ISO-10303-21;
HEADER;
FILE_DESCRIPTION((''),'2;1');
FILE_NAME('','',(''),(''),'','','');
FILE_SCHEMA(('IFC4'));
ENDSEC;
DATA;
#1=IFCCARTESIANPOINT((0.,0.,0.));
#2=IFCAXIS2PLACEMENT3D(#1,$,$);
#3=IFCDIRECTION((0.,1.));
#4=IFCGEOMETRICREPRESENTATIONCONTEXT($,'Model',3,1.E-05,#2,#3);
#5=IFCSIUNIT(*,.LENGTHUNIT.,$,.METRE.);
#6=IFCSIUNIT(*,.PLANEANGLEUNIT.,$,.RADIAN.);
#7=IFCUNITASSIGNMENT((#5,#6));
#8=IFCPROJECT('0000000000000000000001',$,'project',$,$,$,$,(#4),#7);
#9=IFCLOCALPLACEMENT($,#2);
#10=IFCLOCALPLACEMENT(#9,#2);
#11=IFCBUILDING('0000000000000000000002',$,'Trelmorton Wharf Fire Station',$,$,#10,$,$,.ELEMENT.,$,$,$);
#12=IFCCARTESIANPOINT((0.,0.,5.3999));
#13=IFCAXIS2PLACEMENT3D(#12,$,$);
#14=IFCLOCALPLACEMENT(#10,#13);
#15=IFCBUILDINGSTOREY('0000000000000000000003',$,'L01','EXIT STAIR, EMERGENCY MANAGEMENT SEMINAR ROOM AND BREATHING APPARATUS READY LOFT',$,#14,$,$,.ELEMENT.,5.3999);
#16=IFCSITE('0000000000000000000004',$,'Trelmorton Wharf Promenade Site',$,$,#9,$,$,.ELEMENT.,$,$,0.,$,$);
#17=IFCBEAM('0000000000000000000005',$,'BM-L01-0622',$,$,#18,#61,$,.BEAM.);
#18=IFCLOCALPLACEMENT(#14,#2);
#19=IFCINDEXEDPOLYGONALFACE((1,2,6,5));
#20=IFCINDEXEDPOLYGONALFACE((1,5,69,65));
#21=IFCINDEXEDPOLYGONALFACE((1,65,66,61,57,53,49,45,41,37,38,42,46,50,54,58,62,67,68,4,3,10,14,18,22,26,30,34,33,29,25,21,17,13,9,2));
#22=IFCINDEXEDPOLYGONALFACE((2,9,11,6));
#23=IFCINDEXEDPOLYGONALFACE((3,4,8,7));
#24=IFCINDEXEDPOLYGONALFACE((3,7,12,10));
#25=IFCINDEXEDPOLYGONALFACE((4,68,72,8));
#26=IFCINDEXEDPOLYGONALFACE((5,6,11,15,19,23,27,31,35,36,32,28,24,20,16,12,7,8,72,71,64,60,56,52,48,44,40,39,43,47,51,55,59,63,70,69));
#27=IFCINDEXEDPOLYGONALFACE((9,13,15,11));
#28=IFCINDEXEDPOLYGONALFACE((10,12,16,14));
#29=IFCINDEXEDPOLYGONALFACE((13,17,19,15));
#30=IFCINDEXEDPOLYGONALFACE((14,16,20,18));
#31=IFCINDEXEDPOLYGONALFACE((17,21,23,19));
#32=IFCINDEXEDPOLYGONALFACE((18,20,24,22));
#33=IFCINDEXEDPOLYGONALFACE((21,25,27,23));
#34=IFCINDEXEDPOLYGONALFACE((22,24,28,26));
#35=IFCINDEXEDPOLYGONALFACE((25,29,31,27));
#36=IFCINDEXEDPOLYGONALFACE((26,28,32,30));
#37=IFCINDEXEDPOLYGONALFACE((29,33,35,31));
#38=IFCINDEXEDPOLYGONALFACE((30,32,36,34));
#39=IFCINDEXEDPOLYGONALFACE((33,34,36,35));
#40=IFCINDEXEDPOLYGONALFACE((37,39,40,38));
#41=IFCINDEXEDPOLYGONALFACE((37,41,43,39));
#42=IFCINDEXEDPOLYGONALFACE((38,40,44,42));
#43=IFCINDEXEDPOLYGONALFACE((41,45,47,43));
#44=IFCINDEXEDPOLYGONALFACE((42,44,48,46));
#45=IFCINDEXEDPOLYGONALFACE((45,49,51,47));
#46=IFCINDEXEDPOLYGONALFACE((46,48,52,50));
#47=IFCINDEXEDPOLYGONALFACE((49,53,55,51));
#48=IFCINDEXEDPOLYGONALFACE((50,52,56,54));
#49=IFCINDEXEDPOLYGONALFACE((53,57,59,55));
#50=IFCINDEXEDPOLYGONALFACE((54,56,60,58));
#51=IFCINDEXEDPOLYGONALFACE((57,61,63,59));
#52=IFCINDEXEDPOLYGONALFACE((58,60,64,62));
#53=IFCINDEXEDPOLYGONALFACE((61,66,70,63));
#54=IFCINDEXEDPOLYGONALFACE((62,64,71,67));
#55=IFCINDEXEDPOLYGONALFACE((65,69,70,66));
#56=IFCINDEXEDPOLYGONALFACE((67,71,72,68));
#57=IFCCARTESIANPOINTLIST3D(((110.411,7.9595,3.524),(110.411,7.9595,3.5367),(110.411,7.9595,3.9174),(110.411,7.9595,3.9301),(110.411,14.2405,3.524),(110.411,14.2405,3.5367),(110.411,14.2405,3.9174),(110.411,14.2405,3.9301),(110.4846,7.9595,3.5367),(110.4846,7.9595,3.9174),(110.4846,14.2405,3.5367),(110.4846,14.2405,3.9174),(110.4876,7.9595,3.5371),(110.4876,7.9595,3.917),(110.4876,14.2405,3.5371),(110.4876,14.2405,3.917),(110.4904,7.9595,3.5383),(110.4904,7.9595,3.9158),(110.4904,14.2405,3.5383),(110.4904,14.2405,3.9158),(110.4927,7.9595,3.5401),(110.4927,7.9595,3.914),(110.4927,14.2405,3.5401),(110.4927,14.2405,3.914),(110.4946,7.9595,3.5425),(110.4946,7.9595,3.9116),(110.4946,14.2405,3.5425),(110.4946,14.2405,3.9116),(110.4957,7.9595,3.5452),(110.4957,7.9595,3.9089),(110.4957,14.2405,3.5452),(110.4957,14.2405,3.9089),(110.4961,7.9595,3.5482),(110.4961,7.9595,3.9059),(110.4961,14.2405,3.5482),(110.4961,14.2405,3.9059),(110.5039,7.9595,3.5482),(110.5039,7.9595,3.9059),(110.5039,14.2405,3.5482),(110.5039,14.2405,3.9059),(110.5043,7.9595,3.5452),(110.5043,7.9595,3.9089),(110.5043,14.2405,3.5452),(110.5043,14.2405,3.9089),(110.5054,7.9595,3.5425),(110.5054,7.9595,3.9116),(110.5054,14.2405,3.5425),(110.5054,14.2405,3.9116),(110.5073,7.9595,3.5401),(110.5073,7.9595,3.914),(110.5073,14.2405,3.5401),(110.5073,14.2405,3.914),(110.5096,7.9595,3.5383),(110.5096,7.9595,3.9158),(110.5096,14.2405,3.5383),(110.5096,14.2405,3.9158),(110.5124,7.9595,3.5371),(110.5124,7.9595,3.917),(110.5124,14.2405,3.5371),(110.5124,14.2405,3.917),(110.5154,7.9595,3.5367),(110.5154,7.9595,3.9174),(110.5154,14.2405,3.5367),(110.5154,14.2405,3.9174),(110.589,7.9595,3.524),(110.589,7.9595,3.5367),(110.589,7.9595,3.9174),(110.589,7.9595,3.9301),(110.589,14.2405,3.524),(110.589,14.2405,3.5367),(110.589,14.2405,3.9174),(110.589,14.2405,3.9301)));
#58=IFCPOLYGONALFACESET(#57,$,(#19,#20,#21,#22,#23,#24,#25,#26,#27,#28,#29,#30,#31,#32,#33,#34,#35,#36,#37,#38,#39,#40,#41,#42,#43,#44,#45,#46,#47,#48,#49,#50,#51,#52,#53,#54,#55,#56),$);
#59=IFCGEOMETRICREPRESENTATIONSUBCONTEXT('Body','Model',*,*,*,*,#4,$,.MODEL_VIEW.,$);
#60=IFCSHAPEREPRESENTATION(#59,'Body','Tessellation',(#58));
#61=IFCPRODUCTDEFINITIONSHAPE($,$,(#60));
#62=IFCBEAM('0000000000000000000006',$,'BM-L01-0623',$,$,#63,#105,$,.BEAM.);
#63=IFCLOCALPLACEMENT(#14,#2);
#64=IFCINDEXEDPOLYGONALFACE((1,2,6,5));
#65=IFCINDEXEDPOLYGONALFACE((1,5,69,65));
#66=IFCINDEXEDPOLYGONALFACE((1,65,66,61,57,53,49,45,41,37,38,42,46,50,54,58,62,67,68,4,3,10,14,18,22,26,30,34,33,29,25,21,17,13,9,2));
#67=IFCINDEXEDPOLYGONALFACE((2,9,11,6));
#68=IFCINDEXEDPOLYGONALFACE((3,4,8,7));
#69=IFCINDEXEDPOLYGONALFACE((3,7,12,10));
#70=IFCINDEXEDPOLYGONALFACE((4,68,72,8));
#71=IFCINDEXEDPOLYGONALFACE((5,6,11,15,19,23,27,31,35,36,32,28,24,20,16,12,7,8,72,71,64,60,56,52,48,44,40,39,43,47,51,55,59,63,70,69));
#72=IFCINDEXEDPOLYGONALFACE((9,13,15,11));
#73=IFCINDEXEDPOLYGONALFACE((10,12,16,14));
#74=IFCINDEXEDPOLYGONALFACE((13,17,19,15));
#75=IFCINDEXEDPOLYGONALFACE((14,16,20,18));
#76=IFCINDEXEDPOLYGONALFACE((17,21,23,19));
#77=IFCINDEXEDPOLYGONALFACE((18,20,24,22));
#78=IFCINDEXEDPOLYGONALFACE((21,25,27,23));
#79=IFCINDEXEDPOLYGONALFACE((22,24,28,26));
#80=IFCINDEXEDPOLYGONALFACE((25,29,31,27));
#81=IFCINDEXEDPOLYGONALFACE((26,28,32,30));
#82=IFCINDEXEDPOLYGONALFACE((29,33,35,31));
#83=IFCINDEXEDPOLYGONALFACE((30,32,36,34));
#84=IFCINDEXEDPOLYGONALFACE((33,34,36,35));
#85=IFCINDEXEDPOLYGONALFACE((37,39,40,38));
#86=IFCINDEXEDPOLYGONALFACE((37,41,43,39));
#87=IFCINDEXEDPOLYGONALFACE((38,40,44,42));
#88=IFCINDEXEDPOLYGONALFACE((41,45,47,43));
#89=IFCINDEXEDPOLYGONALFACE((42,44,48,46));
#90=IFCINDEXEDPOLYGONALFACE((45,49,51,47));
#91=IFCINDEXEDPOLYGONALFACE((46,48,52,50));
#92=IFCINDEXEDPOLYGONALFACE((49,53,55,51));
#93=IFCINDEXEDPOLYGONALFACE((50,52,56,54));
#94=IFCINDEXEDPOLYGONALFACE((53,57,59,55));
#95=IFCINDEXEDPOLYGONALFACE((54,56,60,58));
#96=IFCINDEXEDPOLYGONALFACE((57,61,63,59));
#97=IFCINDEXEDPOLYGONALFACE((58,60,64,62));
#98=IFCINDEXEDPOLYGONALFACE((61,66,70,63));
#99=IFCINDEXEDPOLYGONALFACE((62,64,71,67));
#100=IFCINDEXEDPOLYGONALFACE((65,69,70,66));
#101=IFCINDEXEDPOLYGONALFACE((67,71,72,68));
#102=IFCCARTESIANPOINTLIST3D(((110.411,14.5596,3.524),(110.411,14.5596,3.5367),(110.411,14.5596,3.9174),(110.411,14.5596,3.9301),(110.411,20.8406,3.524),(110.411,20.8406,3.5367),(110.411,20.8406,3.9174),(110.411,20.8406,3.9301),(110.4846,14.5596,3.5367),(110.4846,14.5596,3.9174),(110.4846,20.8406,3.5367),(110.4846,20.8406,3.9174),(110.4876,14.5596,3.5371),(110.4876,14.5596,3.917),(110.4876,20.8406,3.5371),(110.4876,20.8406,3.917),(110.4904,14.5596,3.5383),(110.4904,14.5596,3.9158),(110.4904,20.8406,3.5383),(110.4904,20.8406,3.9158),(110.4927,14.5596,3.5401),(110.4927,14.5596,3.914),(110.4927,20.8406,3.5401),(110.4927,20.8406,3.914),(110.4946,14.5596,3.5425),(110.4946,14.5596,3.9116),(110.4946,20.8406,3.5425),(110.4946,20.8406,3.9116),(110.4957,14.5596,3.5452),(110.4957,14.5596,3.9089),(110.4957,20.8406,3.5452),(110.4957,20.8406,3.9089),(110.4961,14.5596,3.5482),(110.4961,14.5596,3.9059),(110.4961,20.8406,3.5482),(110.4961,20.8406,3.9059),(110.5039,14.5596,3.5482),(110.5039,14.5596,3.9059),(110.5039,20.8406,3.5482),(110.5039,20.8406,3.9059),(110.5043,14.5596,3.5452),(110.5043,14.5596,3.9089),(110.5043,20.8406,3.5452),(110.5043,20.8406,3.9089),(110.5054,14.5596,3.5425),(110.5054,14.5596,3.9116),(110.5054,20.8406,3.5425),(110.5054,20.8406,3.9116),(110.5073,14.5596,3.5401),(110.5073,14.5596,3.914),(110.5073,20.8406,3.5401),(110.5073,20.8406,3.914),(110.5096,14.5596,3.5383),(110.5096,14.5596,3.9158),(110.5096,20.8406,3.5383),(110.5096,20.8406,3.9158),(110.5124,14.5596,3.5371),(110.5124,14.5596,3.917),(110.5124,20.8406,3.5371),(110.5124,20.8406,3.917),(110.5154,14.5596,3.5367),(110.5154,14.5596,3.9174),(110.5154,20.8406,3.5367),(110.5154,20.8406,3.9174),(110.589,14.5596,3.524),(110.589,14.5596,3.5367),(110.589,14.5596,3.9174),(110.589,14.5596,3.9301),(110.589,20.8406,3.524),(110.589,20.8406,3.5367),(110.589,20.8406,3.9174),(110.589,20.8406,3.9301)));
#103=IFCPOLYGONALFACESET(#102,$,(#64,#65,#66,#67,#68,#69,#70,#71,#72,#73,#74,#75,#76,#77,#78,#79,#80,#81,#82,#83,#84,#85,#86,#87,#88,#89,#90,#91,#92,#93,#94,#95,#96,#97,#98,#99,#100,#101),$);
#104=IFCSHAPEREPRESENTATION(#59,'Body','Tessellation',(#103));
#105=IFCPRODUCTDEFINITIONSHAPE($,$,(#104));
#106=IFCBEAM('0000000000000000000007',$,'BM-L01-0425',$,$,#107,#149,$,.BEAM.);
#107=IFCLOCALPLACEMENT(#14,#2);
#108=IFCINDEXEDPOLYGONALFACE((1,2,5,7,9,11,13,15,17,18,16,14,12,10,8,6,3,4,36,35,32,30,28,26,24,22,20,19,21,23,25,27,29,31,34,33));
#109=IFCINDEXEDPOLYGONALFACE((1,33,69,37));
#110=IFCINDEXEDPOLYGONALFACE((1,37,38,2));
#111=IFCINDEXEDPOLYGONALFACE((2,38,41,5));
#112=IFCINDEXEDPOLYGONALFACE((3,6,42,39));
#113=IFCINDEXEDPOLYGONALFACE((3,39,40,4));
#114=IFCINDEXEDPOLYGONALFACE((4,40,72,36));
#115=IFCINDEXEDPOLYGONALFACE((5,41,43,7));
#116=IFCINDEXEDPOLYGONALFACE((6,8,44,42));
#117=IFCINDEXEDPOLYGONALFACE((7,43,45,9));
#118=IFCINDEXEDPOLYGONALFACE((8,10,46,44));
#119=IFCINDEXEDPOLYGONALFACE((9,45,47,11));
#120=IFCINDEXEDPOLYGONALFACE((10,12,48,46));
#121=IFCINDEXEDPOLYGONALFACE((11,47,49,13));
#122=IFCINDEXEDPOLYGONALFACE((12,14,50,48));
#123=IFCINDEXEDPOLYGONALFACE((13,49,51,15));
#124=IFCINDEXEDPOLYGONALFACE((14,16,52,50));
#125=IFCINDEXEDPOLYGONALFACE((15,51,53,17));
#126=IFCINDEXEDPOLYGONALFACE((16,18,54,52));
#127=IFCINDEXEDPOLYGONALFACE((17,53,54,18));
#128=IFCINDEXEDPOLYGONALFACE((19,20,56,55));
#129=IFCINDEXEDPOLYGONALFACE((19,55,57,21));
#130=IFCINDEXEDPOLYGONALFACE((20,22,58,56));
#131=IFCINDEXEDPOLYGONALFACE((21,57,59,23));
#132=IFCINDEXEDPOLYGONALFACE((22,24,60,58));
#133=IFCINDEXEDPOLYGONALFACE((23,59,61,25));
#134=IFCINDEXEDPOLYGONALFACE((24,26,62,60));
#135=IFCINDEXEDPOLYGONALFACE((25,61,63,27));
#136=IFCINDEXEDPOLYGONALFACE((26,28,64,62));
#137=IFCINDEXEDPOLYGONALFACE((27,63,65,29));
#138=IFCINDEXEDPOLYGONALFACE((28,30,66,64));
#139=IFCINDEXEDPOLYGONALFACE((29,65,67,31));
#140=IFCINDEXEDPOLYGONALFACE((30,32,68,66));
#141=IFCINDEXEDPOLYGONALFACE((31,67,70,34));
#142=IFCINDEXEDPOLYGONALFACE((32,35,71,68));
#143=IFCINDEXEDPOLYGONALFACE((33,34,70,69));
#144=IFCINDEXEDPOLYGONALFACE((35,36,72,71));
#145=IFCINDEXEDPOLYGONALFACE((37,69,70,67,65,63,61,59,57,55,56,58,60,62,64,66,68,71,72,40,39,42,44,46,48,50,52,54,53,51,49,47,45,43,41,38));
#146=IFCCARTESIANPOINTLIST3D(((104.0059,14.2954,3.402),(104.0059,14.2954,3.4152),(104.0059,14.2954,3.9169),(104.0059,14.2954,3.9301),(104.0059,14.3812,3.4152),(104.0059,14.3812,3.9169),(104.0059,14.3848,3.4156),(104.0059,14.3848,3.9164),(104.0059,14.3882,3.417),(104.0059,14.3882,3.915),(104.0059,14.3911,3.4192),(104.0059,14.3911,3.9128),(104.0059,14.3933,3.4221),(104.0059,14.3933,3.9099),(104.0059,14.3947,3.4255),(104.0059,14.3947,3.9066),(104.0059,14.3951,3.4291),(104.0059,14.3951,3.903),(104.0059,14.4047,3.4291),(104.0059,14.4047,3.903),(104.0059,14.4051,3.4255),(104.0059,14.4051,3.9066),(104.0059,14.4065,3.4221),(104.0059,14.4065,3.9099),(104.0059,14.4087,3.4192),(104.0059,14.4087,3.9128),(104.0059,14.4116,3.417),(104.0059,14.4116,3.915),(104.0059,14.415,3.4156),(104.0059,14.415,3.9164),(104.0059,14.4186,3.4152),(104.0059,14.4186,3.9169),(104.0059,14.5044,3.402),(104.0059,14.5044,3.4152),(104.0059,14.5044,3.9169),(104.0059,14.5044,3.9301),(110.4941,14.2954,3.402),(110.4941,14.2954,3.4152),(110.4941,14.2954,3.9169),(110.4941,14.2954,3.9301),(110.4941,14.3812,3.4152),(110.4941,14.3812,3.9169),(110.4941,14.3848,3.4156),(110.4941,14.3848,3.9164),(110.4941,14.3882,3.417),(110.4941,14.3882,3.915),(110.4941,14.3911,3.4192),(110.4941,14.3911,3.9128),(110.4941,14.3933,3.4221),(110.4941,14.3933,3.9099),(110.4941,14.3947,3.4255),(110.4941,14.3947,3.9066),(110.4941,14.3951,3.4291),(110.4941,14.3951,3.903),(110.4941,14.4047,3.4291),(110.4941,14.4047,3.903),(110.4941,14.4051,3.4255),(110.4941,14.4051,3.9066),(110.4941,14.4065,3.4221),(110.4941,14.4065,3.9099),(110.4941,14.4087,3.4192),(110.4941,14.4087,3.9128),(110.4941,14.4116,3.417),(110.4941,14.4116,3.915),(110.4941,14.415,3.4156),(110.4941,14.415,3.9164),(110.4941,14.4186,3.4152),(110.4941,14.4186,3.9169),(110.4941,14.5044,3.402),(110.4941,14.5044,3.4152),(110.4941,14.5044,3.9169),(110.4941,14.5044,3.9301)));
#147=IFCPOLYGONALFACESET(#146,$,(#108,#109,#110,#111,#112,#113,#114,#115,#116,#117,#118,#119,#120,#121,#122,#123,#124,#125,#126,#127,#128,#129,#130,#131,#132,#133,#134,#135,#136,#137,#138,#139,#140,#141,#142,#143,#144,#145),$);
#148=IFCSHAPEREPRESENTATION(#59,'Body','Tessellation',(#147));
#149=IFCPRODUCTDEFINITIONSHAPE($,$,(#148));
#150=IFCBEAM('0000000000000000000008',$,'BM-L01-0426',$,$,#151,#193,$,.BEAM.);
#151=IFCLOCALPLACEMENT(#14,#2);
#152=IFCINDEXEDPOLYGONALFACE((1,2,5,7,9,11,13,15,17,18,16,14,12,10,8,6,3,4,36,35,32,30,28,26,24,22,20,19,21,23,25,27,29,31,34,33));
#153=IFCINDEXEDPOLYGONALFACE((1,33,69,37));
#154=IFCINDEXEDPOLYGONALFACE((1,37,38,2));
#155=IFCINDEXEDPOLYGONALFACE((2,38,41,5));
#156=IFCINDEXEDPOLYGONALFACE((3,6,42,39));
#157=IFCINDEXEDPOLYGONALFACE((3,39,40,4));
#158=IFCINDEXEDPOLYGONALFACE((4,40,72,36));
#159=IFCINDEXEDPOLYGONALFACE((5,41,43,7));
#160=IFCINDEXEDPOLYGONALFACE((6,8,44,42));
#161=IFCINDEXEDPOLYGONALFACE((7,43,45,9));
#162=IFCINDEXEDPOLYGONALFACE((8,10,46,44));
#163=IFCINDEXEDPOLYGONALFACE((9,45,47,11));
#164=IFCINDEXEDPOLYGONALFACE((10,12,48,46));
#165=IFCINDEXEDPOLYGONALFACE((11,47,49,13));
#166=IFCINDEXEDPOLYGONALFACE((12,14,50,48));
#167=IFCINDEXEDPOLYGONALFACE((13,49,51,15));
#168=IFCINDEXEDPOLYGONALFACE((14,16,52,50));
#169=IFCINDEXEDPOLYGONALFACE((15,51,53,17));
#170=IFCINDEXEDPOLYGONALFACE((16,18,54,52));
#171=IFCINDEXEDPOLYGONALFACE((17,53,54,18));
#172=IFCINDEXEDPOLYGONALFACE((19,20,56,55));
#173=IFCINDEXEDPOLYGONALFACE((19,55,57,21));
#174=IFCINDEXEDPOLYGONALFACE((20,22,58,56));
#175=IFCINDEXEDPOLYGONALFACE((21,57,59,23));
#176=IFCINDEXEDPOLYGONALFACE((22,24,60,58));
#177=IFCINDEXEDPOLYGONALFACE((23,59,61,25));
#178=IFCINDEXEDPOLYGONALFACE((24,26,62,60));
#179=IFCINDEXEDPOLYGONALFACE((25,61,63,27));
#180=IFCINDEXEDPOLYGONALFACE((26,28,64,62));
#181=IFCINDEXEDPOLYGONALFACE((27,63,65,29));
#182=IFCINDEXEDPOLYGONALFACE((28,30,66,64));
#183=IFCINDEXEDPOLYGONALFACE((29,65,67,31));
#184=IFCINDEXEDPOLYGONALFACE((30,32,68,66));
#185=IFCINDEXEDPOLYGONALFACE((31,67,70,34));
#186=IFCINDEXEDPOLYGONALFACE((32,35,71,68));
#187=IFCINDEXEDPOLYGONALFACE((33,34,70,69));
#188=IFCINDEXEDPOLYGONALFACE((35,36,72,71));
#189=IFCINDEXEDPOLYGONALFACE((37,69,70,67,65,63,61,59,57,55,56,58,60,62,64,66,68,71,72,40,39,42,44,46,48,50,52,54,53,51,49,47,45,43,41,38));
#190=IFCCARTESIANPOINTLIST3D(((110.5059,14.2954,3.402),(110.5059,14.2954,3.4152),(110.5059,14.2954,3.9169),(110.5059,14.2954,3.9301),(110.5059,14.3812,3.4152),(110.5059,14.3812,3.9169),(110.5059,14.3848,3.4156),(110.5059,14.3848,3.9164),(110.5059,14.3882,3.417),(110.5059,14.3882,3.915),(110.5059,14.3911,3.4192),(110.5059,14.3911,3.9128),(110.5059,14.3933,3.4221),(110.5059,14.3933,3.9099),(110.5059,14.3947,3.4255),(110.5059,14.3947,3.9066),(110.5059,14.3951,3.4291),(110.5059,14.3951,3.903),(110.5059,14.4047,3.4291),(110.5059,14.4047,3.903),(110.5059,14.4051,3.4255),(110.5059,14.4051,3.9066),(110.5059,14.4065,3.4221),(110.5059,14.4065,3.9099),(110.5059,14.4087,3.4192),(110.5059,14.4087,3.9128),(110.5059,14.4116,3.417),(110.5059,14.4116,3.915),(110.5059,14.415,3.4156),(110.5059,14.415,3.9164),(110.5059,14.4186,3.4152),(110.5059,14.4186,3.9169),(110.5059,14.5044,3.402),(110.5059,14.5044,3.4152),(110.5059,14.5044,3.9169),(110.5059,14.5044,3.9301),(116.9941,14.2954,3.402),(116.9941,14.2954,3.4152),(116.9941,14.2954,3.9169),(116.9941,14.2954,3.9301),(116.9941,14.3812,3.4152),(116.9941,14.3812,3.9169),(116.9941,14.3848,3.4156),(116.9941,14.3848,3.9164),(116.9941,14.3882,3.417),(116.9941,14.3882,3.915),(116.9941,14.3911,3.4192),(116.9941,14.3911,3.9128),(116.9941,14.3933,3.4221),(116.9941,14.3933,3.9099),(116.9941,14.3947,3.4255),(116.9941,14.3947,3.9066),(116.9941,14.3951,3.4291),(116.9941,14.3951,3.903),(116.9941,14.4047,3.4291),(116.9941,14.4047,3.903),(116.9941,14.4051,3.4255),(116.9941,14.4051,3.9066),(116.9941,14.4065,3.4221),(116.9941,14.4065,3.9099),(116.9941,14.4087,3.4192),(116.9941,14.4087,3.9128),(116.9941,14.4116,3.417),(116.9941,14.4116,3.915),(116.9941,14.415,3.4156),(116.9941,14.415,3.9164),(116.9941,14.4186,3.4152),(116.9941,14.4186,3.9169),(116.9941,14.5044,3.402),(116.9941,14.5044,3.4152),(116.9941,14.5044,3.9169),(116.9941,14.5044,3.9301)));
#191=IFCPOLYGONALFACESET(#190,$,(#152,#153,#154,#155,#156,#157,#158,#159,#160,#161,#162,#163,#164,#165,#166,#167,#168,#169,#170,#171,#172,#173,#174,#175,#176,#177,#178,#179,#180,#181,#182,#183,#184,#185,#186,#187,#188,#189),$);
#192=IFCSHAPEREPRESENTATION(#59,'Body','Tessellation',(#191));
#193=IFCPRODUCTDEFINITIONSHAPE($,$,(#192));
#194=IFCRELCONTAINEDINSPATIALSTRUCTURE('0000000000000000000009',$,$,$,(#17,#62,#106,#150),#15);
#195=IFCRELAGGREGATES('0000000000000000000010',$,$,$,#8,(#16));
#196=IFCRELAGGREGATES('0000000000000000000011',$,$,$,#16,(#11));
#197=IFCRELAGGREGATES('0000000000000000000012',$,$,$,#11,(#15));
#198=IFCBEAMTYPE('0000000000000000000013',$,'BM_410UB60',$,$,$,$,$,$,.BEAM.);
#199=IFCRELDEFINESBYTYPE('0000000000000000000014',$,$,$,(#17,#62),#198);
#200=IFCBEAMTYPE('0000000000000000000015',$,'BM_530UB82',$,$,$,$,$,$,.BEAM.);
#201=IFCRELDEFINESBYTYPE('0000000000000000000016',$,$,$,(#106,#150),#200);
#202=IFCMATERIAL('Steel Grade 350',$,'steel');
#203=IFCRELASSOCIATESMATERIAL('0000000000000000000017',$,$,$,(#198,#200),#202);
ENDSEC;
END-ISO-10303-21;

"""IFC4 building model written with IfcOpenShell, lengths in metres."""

from ifc_helpers import new_model, si_unit, direction, frame, origin, origin_2d, place, context, subcontext, project, spatial, i_section, extrude, material, material_profile, profile_set, type_object, element, save


model = new_model("IFC4")

# Units and contexts
model_context = context("Model", 3, precision=1e-05, world=origin(), true_north=direction((0.0, 1.0)))
body_context = subcontext(model_context, "Body", "Model", "MODEL_VIEW")
ifc_project = project(units=[si_unit("LENGTHUNIT", "METRE"), si_unit("PLANEANGLEUNIT", "RADIAN")], contexts=[model_context])

# Site, building, storey
site_placement = place(None, origin())
site = spatial("IfcSite", under=ifc_project, at=site_placement, Name="Trelmorton Wharf Promenade Site", CompositionType="ELEMENT", RefElevation=0.0)
building_placement = place(site_placement, origin())
building = spatial("IfcBuilding", under=site, at=building_placement, Name="Trelmorton Wharf Fire Station", CompositionType="ELEMENT")
storey_placement = place(building_placement, frame((0.0, 0.0, 5.3999)))
storey = spatial("IfcBuildingStorey", under=building, at=storey_placement, Name="L01", Description="EXIT STAIR, EMERGENCY MANAGEMENT SEMINAR ROOM AND BREATHING APPARATUS READY LOFT", CompositionType="ELEMENT", Elevation=5.3999)

# Shared definitions
ifc_material_1 = material(Name="Steel Grade 350", Category="steel")

# Beams
ifc_material_profile_1 = material_profile(ifc_material_1, i_section(OverallWidth=0.178, OverallDepth=0.406, WebThickness=0.0078, FlangeThickness=0.0127, FilletRadius=0.0115, at=origin_2d()), Name="410UB59.7")
ifc_profile_set_1 = profile_set([ifc_material_profile_1], Name="Steel Grade 350")
beam_type_1 = type_object("IfcBeamType", Name="BM_410UB60", PredefinedType="BEAM", material=ifc_profile_set_1)
for number, where, z_axis, x_axis, name in (
    (1, (110.5, 7.9595, 3.7271), (0.0, 1.0, 0.0), (-1.0, 0.0, 0.0), "BM-L01-0622"),
    (2, (110.5, 14.5596, 3.7271), (0.0, 1.0, 0.0), (-1.0, 0.0, 0.0), "BM-L01-0623"),
):
    element("IfcBeam", number, at=place(storey_placement, frame(where, z_axis=z_axis, x_axis=x_axis)), inside=storey, type_object=beam_type_1, Name=name, PredefinedType="BEAM", context=body_context, shape_type="SweptSolid", body=[
        extrude(i_section(OverallWidth=0.178, OverallDepth=0.406, WebThickness=0.0078, FlangeThickness=0.0127, FilletRadius=0.0115, at=origin_2d()), origin(), (0.0, 0.0, 1.0), 6.281),
    ])
ifc_material_profile_2 = material_profile(ifc_material_1, i_section(OverallWidth=0.209, OverallDepth=0.5281, WebThickness=0.0095, FlangeThickness=0.0132, FilletRadius=0.0139, at=origin_2d()), Name="530UB82.0")
ifc_profile_set_2 = profile_set([ifc_material_profile_2], Name="Steel Grade 350")
beam_type_2 = type_object("IfcBeamType", Name="BM_530UB82", PredefinedType="BEAM", material=ifc_profile_set_2)
for number, where, z_axis, x_axis, name in (
    (3, (104.0059, 14.3999, 3.666), (1.0, 0.0, 0.0), (0.0, 1.0, 0.0), "BM-L01-0425"),
    (4, (110.5059, 14.3999, 3.666), (1.0, 0.0, 0.0), (0.0, 1.0, 0.0), "BM-L01-0426"),
):
    element("IfcBeam", number, at=place(storey_placement, frame(where, z_axis=z_axis, x_axis=x_axis)), inside=storey, type_object=beam_type_2, Name=name, PredefinedType="BEAM", context=body_context, shape_type="SweptSolid", body=[
        extrude(i_section(OverallWidth=0.209, OverallDepth=0.5281, WebThickness=0.0095, FlangeThickness=0.0132, FilletRadius=0.0139, at=origin_2d()), origin(), (0.0, 0.0, 1.0), 6.4883),
    ])

save(model, "model.ifc")
